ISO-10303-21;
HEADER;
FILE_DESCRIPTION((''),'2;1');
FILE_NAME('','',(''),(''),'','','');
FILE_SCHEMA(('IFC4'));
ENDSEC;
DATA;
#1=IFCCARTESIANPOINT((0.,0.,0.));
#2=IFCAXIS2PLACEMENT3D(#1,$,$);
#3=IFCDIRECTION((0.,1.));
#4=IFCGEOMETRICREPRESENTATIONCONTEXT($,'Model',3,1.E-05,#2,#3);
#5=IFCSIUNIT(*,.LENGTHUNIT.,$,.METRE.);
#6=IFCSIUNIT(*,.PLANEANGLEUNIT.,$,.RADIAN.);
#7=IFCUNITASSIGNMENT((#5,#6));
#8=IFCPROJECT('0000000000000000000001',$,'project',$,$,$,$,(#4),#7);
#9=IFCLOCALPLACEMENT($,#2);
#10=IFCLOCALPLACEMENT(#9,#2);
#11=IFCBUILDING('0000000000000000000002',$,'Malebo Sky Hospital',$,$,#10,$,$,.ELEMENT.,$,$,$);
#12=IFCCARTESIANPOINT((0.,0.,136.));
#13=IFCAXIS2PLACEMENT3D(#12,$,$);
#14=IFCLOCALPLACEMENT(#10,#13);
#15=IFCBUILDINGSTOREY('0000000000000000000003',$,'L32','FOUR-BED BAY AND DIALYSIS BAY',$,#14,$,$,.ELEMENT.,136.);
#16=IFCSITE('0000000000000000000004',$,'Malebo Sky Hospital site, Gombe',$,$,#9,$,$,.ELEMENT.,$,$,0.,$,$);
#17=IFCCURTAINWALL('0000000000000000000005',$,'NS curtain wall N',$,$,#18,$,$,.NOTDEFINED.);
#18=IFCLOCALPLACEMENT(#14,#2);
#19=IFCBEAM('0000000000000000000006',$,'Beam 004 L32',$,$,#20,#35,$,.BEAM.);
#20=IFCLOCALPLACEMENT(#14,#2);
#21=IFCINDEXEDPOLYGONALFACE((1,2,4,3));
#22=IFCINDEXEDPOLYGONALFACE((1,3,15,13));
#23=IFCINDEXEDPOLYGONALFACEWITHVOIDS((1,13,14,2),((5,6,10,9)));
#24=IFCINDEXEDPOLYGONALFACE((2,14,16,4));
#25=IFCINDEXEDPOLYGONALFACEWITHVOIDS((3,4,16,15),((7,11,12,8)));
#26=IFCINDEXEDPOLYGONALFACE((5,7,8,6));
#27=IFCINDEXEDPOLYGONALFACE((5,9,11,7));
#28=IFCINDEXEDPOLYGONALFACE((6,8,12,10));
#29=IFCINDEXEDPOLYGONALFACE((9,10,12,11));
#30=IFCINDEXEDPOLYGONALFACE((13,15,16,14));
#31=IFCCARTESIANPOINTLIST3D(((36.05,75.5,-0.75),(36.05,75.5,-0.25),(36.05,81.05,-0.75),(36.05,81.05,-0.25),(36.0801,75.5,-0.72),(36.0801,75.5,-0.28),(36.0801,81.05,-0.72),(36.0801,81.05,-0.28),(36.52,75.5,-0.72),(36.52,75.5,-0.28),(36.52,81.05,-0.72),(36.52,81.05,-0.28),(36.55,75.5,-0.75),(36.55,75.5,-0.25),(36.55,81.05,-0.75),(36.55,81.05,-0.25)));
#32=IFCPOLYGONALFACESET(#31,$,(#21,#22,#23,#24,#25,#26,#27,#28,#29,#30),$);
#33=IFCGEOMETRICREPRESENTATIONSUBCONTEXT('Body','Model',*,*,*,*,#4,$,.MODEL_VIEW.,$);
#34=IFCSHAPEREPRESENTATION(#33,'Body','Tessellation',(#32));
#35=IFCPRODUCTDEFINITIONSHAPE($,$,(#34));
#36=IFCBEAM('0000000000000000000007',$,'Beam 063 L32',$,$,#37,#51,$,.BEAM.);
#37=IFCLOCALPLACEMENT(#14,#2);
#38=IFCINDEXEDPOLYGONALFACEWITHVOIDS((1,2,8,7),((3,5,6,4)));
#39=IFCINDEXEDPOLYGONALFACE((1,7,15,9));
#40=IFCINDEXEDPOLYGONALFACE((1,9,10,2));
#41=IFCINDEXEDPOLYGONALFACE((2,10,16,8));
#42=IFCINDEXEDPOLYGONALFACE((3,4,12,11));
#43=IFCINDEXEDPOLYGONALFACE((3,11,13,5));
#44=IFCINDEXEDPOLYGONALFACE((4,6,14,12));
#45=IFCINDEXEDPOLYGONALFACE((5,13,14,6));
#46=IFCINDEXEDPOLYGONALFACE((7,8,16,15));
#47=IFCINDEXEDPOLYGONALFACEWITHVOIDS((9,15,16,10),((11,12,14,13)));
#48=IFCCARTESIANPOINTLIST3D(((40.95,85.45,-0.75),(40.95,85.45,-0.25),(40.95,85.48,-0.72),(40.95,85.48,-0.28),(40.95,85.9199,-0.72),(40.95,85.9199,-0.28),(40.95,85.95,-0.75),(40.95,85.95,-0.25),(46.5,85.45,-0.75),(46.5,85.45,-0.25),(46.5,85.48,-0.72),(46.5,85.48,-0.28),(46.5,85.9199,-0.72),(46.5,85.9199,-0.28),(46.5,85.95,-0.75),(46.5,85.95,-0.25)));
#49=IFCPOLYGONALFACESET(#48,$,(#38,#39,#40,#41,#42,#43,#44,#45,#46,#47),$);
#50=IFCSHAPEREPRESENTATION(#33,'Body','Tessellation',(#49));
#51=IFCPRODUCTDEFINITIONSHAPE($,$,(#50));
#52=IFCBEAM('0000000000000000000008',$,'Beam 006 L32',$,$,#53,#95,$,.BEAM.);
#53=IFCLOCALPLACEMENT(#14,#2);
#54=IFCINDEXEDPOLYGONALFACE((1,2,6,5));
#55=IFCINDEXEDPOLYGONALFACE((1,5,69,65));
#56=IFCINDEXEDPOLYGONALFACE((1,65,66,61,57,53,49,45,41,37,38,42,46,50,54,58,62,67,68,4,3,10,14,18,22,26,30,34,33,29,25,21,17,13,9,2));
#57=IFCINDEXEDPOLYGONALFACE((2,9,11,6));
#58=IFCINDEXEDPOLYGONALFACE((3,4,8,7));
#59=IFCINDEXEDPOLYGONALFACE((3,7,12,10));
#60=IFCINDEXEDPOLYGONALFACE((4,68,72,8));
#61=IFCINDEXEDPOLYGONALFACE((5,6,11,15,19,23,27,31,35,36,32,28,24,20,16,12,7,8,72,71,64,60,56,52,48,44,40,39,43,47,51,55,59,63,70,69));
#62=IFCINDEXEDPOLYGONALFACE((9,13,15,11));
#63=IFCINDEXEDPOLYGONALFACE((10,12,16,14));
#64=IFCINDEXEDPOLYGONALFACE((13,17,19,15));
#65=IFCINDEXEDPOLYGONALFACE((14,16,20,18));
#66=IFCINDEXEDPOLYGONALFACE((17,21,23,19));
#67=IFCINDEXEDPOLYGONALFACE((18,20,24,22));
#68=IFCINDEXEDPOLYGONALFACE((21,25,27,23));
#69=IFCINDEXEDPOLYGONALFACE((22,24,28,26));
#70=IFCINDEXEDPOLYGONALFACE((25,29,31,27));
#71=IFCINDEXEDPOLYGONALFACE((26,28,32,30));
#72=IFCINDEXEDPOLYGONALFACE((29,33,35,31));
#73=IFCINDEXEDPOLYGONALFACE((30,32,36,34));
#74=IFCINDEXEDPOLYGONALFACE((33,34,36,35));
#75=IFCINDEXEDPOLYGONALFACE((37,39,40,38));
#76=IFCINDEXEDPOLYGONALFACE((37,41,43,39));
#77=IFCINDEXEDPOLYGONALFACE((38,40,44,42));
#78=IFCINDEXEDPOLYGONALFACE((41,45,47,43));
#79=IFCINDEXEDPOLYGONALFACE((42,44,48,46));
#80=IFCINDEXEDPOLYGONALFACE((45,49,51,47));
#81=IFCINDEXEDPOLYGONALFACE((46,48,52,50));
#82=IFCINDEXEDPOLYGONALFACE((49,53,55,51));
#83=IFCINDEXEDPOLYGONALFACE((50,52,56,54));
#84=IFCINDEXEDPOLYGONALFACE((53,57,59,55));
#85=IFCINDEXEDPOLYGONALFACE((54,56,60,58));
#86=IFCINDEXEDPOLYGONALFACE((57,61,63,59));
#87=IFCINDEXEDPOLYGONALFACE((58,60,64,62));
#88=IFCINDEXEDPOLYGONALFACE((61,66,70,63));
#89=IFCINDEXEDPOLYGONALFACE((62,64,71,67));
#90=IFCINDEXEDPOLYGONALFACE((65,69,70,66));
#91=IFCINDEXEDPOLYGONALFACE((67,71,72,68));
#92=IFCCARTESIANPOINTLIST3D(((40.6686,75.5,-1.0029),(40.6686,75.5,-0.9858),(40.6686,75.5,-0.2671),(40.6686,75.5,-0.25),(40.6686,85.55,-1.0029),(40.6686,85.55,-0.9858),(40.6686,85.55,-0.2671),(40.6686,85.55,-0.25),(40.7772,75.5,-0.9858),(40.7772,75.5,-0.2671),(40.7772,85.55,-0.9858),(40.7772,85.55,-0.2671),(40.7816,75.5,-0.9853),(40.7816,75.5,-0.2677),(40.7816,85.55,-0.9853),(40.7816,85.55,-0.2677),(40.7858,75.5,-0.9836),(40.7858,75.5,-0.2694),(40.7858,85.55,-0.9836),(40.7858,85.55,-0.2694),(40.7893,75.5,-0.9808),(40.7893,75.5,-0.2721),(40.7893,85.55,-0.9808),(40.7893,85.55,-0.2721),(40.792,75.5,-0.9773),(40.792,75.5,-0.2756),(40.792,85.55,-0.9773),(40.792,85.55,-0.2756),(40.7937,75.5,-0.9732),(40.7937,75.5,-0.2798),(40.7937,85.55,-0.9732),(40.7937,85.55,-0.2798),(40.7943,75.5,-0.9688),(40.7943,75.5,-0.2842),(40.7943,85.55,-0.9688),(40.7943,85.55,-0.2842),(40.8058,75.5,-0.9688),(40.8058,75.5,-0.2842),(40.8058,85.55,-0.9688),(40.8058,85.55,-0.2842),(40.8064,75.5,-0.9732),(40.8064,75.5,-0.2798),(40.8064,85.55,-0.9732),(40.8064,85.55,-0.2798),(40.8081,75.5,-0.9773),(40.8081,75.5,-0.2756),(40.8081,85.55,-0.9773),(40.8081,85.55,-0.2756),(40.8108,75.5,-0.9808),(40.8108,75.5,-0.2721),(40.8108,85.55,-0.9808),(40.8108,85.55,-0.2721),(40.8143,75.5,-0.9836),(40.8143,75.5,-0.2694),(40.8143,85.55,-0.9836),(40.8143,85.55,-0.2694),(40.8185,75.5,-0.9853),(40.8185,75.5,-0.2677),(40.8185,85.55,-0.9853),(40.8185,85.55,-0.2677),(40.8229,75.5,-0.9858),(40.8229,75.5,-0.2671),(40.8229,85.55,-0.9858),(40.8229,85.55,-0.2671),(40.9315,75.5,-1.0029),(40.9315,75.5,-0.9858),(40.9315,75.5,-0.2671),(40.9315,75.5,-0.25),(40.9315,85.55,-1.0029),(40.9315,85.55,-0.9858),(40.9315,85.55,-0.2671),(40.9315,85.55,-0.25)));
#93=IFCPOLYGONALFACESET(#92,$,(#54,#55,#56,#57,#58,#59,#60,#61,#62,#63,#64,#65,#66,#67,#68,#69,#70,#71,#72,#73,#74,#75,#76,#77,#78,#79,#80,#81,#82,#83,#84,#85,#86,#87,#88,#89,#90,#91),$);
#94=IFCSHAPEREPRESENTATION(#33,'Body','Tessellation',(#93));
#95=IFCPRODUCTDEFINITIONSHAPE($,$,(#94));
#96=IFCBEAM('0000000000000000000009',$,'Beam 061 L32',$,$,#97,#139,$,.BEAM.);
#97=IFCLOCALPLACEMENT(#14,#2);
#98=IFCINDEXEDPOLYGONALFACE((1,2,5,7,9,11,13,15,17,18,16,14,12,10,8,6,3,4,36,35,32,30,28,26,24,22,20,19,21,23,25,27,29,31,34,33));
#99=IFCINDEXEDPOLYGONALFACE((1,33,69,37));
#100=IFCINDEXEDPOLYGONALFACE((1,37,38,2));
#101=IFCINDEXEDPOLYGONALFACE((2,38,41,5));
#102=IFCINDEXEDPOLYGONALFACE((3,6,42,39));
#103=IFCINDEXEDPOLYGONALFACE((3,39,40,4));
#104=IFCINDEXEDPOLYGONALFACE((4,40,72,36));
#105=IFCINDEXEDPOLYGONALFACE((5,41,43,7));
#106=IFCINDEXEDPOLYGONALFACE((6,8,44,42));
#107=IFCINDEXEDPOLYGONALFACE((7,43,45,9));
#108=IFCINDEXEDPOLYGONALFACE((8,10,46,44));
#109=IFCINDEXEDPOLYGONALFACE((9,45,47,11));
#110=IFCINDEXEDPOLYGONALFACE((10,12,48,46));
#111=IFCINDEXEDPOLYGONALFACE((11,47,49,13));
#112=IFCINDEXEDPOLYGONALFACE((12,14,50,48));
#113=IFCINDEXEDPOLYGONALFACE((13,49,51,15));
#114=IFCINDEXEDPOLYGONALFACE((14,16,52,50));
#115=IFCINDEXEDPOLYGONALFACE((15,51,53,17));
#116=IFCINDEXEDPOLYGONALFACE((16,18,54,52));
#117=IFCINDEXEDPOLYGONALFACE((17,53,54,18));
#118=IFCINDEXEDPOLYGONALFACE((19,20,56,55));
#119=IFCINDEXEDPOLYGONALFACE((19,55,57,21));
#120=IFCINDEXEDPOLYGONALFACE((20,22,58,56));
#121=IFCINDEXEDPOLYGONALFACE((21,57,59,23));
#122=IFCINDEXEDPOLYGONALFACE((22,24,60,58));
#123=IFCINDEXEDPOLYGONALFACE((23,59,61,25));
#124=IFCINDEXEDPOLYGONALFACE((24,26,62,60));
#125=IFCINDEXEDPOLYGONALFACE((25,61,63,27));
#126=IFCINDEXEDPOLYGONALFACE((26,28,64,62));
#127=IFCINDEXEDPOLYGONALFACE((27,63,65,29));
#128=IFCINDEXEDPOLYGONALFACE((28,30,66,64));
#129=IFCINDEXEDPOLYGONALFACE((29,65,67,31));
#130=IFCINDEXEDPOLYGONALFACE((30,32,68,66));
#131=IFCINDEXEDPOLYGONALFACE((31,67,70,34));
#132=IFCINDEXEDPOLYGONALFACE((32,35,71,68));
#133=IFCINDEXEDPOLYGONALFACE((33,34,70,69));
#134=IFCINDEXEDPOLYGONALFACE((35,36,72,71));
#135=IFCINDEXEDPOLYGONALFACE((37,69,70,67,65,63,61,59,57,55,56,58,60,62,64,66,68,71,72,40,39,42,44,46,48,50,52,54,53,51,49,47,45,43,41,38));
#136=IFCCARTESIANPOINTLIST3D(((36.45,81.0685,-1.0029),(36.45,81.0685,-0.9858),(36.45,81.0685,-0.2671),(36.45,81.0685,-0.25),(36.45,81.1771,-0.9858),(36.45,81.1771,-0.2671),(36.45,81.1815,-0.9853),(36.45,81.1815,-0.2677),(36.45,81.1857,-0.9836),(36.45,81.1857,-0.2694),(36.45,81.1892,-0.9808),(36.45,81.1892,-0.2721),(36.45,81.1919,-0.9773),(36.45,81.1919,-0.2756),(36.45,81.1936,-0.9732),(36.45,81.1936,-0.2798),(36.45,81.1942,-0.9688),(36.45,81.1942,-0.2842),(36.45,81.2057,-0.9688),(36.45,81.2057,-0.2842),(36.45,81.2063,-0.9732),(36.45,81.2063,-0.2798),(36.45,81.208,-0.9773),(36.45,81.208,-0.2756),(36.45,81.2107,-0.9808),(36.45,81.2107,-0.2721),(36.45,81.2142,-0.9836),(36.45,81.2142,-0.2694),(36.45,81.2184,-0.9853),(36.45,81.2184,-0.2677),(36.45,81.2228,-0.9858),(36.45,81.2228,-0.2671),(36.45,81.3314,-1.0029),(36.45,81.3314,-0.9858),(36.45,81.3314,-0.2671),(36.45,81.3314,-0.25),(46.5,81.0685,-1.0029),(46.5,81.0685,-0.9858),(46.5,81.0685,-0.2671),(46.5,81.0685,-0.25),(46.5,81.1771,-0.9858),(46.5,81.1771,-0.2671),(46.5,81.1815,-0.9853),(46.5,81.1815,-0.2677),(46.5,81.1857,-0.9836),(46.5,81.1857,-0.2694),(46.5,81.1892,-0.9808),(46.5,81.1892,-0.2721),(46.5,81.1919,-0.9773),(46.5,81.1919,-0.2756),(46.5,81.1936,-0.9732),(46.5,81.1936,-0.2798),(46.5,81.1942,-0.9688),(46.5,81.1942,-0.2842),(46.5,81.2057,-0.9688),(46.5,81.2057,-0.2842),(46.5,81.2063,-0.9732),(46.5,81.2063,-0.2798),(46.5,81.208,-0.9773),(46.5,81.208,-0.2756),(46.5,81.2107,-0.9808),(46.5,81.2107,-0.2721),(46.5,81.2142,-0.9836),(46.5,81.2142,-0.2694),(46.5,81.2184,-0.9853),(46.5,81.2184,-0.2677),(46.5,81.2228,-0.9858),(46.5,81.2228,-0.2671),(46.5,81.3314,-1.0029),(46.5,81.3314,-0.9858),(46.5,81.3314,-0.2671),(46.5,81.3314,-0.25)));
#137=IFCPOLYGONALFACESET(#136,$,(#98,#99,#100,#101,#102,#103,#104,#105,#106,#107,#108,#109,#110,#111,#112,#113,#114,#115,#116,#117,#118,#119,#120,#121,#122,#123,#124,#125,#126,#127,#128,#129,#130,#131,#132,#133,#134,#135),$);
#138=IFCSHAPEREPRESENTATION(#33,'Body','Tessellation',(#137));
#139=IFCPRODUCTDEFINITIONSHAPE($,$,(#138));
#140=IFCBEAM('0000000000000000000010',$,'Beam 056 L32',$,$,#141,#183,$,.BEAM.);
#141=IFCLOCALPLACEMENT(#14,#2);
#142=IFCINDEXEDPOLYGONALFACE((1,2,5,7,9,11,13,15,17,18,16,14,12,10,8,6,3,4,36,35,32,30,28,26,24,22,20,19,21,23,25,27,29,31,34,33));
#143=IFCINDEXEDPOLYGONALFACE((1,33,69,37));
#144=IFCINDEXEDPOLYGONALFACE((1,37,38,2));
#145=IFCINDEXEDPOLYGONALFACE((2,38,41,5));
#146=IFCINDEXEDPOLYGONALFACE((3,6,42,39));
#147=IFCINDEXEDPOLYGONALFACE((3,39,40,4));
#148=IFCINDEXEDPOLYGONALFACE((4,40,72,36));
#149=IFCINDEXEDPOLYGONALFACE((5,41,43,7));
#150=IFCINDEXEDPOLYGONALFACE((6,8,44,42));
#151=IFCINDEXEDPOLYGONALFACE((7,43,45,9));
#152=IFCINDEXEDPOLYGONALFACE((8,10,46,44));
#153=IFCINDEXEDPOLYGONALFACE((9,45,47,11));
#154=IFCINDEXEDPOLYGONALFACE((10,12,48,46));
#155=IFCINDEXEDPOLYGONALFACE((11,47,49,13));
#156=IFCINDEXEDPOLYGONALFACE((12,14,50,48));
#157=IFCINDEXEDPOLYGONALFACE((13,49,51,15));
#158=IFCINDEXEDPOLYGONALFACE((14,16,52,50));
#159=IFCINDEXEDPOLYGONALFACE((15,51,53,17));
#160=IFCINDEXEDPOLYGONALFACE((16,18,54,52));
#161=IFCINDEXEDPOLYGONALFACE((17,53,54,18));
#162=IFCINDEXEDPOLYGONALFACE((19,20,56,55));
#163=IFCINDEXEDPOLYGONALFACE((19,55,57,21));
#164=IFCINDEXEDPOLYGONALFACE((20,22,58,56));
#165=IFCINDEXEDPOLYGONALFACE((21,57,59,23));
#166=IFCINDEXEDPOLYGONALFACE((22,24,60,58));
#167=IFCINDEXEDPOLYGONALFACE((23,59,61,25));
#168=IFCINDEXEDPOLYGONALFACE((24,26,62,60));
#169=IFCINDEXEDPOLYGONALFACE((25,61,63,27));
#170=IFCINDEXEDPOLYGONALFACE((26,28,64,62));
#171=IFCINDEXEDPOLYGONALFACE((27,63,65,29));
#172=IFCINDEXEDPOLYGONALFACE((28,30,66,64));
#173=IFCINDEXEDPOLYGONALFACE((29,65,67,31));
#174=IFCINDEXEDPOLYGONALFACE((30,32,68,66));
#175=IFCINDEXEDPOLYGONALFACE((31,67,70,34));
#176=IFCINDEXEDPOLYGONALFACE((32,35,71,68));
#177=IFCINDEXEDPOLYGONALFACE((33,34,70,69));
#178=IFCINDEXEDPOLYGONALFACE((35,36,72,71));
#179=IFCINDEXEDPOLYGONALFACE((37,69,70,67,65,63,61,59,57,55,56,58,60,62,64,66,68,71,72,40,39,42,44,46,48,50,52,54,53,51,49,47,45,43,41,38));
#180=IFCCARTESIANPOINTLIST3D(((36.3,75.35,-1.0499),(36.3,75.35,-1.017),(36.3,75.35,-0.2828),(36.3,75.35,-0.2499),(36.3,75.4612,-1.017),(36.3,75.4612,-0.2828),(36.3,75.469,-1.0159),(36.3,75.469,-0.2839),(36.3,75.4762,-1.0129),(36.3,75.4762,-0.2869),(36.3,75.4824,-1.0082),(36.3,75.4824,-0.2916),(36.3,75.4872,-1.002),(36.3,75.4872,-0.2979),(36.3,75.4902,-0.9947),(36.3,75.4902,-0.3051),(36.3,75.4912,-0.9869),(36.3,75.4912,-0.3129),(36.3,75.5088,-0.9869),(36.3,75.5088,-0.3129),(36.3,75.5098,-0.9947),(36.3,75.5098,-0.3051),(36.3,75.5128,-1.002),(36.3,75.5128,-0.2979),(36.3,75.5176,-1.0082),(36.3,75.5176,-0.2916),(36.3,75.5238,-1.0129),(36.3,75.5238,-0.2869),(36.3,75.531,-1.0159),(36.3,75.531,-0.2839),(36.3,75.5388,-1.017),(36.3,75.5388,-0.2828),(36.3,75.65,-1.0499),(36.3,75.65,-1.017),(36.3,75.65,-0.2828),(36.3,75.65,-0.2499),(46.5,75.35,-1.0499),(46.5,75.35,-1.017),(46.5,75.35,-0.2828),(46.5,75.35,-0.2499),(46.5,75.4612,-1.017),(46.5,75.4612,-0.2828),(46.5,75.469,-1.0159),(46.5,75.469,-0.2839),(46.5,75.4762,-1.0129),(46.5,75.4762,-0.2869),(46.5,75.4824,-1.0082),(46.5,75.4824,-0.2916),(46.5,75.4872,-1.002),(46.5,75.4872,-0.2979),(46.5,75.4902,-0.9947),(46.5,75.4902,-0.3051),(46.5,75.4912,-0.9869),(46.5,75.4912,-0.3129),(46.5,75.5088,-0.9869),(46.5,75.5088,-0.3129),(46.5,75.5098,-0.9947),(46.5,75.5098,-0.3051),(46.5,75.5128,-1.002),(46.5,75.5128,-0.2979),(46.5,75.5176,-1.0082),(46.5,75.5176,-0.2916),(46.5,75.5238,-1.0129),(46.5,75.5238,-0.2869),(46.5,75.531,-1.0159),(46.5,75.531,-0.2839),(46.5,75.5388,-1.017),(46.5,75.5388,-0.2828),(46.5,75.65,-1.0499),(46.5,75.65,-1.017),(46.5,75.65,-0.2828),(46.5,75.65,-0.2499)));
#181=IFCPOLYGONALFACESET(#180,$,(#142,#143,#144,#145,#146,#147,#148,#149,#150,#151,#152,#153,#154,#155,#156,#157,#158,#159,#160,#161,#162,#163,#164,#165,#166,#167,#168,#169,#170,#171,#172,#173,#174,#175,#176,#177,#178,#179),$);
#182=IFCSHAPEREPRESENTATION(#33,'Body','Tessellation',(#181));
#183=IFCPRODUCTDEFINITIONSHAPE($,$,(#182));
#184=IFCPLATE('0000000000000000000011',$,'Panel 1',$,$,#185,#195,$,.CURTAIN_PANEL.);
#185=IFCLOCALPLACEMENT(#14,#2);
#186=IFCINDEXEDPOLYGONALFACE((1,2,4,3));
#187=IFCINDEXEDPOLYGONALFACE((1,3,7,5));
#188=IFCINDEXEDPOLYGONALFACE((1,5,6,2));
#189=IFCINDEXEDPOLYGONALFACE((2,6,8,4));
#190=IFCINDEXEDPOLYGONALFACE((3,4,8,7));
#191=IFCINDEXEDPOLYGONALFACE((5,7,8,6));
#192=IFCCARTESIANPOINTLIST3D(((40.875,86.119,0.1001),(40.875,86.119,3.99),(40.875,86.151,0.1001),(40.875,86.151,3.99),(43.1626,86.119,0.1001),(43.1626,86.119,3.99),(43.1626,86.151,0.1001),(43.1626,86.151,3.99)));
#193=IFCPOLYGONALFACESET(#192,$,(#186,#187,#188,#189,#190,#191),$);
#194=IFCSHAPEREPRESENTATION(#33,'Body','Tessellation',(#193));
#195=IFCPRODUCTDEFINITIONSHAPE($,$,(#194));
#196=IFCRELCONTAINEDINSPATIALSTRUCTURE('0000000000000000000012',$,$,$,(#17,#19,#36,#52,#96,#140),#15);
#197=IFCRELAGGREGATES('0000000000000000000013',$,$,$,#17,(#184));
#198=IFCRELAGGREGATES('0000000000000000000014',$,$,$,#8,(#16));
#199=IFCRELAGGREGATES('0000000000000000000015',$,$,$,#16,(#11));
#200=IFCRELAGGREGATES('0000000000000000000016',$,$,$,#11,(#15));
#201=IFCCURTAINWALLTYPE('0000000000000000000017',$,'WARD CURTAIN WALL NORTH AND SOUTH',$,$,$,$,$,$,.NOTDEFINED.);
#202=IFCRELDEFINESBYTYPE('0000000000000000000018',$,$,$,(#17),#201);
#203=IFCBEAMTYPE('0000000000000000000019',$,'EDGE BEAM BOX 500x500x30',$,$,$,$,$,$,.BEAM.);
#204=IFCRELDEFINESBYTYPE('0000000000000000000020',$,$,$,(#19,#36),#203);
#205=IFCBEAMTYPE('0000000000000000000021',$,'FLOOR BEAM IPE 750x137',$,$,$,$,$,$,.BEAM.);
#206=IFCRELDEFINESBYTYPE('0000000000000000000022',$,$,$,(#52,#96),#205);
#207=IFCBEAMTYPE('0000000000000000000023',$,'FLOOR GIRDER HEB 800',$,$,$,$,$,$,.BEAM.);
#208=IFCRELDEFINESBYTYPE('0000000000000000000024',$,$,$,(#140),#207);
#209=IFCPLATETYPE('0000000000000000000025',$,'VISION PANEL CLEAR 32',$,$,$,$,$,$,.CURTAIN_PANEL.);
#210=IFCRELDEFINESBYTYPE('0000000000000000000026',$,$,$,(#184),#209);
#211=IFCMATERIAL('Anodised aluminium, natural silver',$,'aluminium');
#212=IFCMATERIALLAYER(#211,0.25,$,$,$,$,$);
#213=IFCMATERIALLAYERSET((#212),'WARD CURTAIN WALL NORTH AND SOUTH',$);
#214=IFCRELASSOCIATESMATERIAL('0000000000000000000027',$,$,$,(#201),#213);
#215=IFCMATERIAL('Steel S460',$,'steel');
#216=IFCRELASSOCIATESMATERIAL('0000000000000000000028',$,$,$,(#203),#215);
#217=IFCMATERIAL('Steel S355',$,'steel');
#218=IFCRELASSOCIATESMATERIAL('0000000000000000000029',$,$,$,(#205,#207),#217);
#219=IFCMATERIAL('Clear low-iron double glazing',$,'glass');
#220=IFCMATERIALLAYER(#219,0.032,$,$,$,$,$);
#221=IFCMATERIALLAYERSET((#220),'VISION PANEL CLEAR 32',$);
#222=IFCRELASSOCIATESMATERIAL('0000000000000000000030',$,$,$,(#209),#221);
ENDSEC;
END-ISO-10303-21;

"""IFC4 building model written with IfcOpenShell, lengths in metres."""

from ifc_helpers import new_model, si_unit, direction, frame, origin, origin_2d, place, context, subcontext, project, spatial, rectangle, hollow_rectangle, i_section, extrude, material, layer, layer_set, material_profile, profile_set, type_object, element, aggregate, save


model = new_model("IFC4")

# Units and contexts
model_context = context("Model", 3, precision=1e-05, world=origin(), true_north=direction((0.0, 1.0)))
body_context = subcontext(model_context, "Body", "Model", "MODEL_VIEW")
ifc_project = project(units=[si_unit("LENGTHUNIT", "METRE"), si_unit("PLANEANGLEUNIT", "RADIAN")], contexts=[model_context])

# Site, building, storey
site_placement = place(None, origin())
site = spatial("IfcSite", under=ifc_project, at=site_placement, Name="Malebo Sky Hospital site, Gombe", CompositionType="ELEMENT", RefElevation=0.0)
building_placement = place(site_placement, origin())
building = spatial("IfcBuilding", under=site, at=building_placement, Name="Malebo Sky Hospital", CompositionType="ELEMENT")
storey_placement = place(building_placement, frame((0.0, 0.0, 136.0)))
storey = spatial("IfcBuildingStorey", under=building, at=storey_placement, Name="L32", Description="FOUR-BED BAY AND DIALYSIS BAY", CompositionType="ELEMENT", Elevation=136.0)

# Shared definitions
ifc_material_1 = material(Name="Steel S460", Category="steel")

# Curtain wall
ifc_material_2 = material(Name="Anodised aluminium, natural silver", Category="aluminium")
ifc_layer_1 = layer(ifc_material_2, 0.25)
ifc_layer_set_1 = layer_set([ifc_layer_1], Name="WARD CURTAIN WALL NORTH AND SOUTH")
curtain_wall_type_1 = type_object("IfcCurtainWallType", Name="WARD CURTAIN WALL NORTH AND SOUTH", PredefinedType="NOTDEFINED", material=ifc_layer_set_1)
curtain_wall_1_placement = place(storey_placement, origin())
curtain_wall_1 = element("IfcCurtainWall", 1, at=curtain_wall_1_placement, inside=storey, type_object=curtain_wall_type_1, Name="NS curtain wall N", PredefinedType="NOTDEFINED")

# Beams
ifc_material_profile_1 = material_profile(ifc_material_1, hollow_rectangle(XDim=0.5, YDim=0.5, WallThickness=0.03, at=origin_2d()), Name="BOX 500x500x30")
ifc_profile_set_1 = profile_set([ifc_material_profile_1], Name="Steel S460")
beam_type_1 = type_object("IfcBeamType", Name="EDGE BEAM BOX 500x500x30", PredefinedType="BEAM", material=ifc_profile_set_1)
for number, where, z_axis, x_axis, name in (
    (2, (36.3, 75.5, -0.5), (0.0, 1.0, 0.0), (-1.0, 0.0, 0.0), "Beam 004 L32"),
    (3, (40.95, 85.7, -0.5), (1.0, 0.0, 0.0), (0.0, 1.0, 0.0), "Beam 063 L32"),
):
    element("IfcBeam", number, at=place(storey_placement, frame(where, z_axis=z_axis, x_axis=x_axis)), inside=storey, type_object=beam_type_1, Name=name, PredefinedType="BEAM", context=body_context, shape_type="SweptSolid", body=[
        extrude(hollow_rectangle(XDim=0.5, YDim=0.5, WallThickness=0.03, at=origin_2d()), origin(), (0.0, 0.0, 1.0), 5.55),
    ])
ifc_material_3 = material(Name="Steel S355", Category="steel")
ifc_material_profile_2 = material_profile(ifc_material_3, i_section(OverallWidth=0.2629, OverallDepth=0.7529, WebThickness=0.0115, FlangeThickness=0.0171, FilletRadius=0.0171, at=origin_2d()), Name="IPE 750x137")
ifc_profile_set_2 = profile_set([ifc_material_profile_2], Name="Steel S355")
beam_type_2 = type_object("IfcBeamType", Name="FLOOR BEAM IPE 750x137", PredefinedType="BEAM", material=ifc_profile_set_2)
for number, where, z_axis, x_axis, name in (
    (4, (40.8, 75.5, -0.6265), (0.0, 1.0, 0.0), (-1.0, 0.0, 0.0), "Beam 006 L32"),
    (5, (36.45, 81.2, -0.6265), (1.0, 0.0, 0.0), (0.0, 1.0, 0.0), "Beam 061 L32"),
):
    element("IfcBeam", number, at=place(storey_placement, frame(where, z_axis=z_axis, x_axis=x_axis)), inside=storey, type_object=beam_type_2, Name=name, PredefinedType="BEAM", context=body_context, shape_type="SweptSolid", body=[
        extrude(i_section(OverallWidth=0.2629, OverallDepth=0.7529, WebThickness=0.0115, FlangeThickness=0.0171, FilletRadius=0.0171, at=origin_2d()), origin(), (0.0, 0.0, 1.0), 10.05),
    ])
ifc_material_profile_3 = material_profile(ifc_material_3, i_section(OverallWidth=0.3, OverallDepth=0.8, WebThickness=0.0176, FlangeThickness=0.033, FilletRadius=0.03, at=origin_2d()), Name="HEB 800")
ifc_profile_set_3 = profile_set([ifc_material_profile_3], Name="Steel S355")
beam_type_3 = type_object("IfcBeamType", Name="FLOOR GIRDER HEB 800", PredefinedType="BEAM", material=ifc_profile_set_3)
beam_placement = place(storey_placement, frame((36.3, 75.5, -0.6499), z_axis=(1.0, 0.0, 0.0), x_axis=(0.0, 1.0, 0.0)))
element("IfcBeam", 6, at=beam_placement, inside=storey, type_object=beam_type_3, Name="Beam 056 L32", PredefinedType="BEAM", context=body_context, shape_type="SweptSolid", body=[
    extrude(i_section(OverallWidth=0.3, OverallDepth=0.8, WebThickness=0.0176, FlangeThickness=0.033, FilletRadius=0.03, at=origin_2d()), origin(), (0.0, 0.0, 1.0), 10.2),
])

# Plate
ifc_material_4 = material(Name="Clear low-iron double glazing", Category="glass")
ifc_layer_2 = layer(ifc_material_4, 0.032)
ifc_layer_set_2 = layer_set([ifc_layer_2], Name="VISION PANEL CLEAR 32")
plate_type = type_object("IfcPlateType", Name="VISION PANEL CLEAR 32", PredefinedType="CURTAIN_PANEL", material=ifc_layer_set_2)
plate_1_placement = place(storey_placement, frame((42.0188, 86.135, 0.1001), z_axis=(0.0, 0.0, 1.0), x_axis=(1.0, 0.0, 0.0)))
plate_1 = element("IfcPlate", 7, at=plate_1_placement, type_object=plate_type, Name="Panel 1", PredefinedType="CURTAIN_PANEL", context=body_context, shape_type="SweptSolid", body=[
    extrude(rectangle(XDim=2.2876, YDim=0.032, at=origin_2d()), origin(), (0.0, 0.0, 1.0), 3.8899),
])
aggregate(curtain_wall_1, [plate_1])

save(model, "model.ifc")
